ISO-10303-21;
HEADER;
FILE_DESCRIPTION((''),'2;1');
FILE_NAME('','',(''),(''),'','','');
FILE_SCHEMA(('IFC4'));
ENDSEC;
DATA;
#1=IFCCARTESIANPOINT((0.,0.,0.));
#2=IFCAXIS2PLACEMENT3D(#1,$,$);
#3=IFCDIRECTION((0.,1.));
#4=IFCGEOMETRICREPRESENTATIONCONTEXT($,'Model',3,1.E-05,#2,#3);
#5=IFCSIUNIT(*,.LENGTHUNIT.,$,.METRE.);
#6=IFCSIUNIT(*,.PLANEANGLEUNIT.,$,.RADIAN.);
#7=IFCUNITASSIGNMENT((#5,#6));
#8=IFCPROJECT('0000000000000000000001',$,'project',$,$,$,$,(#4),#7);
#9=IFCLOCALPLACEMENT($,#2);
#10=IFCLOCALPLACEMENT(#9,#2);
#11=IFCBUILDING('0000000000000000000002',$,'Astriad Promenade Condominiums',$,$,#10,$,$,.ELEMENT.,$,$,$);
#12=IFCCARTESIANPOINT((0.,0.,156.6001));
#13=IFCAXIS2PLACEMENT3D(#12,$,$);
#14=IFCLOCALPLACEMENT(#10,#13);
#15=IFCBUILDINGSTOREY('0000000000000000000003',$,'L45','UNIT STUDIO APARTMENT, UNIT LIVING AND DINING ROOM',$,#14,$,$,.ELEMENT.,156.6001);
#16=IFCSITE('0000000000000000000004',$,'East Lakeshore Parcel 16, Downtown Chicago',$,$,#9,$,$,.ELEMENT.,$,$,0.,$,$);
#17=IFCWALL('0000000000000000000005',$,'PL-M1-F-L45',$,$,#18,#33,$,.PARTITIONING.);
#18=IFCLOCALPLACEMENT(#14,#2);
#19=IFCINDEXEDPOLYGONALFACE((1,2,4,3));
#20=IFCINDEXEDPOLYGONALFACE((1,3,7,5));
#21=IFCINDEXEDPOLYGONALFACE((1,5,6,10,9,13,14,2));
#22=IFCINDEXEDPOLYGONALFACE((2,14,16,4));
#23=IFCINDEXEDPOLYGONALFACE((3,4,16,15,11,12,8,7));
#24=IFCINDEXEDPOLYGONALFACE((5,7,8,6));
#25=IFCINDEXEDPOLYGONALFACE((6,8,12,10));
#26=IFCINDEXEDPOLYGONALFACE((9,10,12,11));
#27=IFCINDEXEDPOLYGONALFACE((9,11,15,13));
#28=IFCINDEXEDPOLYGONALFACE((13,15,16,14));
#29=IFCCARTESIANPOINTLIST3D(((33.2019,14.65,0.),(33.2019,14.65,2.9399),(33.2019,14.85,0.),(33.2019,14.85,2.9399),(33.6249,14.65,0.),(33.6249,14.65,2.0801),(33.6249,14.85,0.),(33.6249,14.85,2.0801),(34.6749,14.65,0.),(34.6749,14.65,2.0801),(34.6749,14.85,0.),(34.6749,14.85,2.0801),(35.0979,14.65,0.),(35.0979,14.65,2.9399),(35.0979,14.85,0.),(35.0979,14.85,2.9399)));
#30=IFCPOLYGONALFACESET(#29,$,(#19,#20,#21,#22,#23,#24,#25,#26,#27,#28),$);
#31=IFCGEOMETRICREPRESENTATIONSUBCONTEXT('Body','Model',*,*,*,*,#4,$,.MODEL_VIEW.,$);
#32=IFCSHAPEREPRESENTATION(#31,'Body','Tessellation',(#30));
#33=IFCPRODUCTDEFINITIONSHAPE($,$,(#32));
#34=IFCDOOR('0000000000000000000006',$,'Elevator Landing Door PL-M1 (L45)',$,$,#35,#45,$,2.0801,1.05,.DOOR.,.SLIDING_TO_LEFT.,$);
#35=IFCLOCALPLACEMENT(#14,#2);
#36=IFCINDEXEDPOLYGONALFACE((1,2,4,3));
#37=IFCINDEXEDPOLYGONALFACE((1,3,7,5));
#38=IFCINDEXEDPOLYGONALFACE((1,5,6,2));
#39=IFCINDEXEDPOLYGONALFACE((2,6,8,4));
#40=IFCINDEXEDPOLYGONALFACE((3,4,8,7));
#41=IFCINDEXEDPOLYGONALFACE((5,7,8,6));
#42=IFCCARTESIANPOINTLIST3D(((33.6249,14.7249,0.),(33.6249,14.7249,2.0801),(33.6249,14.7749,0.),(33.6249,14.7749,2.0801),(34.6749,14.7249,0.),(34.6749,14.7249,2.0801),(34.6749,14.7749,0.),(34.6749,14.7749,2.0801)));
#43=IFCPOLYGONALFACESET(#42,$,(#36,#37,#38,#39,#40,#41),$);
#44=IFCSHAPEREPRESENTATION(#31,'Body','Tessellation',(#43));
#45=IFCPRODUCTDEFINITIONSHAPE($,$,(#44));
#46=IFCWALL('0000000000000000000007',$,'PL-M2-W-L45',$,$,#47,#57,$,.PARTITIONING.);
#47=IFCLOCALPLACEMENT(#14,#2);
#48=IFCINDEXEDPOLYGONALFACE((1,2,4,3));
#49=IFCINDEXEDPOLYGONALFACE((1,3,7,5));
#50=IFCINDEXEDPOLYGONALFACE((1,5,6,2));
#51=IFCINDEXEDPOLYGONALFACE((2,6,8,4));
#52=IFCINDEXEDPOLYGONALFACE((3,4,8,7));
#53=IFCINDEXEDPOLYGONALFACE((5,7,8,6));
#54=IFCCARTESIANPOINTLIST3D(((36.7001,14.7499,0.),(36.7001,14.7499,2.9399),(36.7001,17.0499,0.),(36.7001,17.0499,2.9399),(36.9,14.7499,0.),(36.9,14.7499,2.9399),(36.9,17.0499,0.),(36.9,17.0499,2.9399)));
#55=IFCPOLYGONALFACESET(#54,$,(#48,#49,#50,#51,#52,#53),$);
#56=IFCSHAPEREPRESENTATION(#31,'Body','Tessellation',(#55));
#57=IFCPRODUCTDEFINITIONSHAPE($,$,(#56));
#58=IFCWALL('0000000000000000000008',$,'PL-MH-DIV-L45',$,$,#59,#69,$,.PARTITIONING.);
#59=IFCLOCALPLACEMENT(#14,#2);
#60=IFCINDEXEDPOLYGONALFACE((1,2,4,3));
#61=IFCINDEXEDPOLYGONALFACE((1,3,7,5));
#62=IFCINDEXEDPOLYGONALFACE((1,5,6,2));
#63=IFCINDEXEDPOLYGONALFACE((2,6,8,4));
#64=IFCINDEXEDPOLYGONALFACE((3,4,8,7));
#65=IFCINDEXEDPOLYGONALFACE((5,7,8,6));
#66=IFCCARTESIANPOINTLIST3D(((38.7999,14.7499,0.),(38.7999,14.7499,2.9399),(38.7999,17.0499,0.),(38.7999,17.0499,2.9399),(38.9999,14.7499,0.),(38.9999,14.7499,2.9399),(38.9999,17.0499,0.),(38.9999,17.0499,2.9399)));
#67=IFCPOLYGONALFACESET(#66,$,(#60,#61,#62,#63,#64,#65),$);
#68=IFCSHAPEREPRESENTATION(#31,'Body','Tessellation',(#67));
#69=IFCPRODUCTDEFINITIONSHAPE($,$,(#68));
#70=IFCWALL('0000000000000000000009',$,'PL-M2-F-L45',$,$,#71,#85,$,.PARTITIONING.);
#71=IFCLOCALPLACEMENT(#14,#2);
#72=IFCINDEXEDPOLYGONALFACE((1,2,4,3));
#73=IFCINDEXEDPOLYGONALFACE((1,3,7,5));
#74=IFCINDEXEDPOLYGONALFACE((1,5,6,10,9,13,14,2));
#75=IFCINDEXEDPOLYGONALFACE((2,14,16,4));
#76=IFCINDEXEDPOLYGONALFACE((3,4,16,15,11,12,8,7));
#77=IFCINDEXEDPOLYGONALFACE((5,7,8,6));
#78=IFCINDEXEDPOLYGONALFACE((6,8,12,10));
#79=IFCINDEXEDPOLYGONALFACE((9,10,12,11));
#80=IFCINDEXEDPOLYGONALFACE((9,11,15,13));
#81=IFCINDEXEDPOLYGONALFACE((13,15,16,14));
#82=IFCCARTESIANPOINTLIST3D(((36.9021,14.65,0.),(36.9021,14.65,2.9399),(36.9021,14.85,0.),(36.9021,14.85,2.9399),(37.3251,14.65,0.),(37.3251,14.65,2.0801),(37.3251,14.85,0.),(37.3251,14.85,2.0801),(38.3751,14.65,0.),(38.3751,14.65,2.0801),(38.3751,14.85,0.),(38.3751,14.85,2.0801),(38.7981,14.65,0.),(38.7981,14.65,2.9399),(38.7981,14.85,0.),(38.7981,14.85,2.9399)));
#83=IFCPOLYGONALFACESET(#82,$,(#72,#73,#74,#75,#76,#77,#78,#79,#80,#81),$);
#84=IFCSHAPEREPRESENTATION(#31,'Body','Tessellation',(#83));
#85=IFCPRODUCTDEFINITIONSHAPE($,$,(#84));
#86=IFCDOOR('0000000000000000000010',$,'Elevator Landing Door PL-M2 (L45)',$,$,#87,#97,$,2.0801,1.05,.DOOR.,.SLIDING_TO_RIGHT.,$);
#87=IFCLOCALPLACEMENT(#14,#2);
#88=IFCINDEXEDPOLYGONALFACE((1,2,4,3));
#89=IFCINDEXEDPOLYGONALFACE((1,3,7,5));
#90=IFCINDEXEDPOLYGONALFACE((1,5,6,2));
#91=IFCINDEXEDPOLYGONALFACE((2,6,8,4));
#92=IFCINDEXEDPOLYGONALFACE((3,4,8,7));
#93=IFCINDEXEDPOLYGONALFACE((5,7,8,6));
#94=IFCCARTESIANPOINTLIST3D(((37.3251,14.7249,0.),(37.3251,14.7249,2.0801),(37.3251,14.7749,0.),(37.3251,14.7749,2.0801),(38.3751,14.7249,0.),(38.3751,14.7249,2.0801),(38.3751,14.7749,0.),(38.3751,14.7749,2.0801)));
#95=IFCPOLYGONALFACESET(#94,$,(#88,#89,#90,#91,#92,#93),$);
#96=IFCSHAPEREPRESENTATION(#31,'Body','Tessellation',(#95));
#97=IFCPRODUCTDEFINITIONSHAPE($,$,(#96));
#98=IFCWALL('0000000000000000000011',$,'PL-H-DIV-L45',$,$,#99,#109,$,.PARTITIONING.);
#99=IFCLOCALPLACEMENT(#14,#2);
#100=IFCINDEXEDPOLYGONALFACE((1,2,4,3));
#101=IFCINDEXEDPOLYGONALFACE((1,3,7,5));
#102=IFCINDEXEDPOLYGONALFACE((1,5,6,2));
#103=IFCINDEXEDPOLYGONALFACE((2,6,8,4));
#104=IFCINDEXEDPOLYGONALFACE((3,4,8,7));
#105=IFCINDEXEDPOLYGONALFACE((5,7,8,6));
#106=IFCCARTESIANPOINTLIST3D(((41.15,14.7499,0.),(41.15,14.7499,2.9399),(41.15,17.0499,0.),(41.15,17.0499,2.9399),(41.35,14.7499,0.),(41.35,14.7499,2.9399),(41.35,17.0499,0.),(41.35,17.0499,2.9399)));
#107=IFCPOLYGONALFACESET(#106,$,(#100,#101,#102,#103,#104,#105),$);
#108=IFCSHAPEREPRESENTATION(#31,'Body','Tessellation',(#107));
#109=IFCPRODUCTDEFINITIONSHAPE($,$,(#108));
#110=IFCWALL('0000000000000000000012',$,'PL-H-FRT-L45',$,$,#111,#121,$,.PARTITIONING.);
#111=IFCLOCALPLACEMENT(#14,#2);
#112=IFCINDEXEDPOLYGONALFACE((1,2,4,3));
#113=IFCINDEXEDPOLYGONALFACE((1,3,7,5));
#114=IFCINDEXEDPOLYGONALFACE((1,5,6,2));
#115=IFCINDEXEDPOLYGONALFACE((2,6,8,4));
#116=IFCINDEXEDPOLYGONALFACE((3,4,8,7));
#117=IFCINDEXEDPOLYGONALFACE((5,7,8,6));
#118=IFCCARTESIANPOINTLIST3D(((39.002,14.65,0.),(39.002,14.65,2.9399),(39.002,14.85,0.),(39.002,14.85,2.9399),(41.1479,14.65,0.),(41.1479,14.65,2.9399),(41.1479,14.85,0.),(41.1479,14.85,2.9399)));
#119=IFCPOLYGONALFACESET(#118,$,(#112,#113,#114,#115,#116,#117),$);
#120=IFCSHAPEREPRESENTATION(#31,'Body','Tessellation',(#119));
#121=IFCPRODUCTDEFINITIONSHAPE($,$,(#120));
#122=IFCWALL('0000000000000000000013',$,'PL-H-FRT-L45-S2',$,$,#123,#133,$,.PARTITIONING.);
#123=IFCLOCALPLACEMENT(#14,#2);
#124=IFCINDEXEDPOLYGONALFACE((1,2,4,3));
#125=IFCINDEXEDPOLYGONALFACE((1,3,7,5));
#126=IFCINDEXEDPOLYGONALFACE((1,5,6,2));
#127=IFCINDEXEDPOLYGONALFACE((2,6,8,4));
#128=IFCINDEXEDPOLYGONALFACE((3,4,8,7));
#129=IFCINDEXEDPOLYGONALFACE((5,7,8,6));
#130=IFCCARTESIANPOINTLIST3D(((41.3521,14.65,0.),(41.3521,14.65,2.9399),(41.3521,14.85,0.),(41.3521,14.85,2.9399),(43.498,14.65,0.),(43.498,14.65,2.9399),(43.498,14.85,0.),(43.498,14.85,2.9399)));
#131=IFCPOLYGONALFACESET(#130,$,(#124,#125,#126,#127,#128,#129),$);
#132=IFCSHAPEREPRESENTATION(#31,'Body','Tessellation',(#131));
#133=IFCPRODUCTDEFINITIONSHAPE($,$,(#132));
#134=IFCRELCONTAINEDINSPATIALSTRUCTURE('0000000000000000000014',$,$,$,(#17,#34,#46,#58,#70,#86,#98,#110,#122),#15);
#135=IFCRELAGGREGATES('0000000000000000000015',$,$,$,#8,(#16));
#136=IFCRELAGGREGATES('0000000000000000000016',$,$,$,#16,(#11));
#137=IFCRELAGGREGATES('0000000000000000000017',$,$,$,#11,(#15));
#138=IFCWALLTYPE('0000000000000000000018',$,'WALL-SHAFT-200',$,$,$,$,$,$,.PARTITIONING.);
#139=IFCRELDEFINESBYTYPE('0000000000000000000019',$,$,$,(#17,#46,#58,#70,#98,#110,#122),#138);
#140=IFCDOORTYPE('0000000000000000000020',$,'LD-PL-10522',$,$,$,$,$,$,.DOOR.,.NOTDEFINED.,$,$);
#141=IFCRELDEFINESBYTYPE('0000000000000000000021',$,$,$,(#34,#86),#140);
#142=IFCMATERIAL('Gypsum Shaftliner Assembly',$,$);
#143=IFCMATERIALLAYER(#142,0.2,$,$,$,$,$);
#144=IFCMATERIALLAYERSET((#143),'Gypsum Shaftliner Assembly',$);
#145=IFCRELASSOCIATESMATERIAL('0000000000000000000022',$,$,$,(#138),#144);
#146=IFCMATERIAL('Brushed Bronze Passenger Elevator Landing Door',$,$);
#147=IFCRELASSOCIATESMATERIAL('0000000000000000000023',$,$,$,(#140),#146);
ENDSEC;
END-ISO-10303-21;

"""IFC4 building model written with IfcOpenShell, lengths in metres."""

from ifc_helpers import new_model, si_unit, direction, frame, frame_2d, origin, place, context, subcontext, project, spatial, rectangle, extrude, source, transform, mapped, material, layer, layer_set, type_object, type_shapes, element, fill, save


model = new_model("IFC4")

# Units and contexts
model_context = context("Model", 3, precision=1e-05, world=origin(), true_north=direction((0.0, 1.0)))
body_context = subcontext(model_context, "Body", "Model", "MODEL_VIEW")
ifc_project = project(units=[si_unit("LENGTHUNIT", "METRE"), si_unit("PLANEANGLEUNIT", "RADIAN")], contexts=[model_context])

# Site, building, storey
site_placement = place(None, origin())
site = spatial("IfcSite", under=ifc_project, at=site_placement, Name="East Lakeshore Parcel 16, Downtown Chicago", CompositionType="ELEMENT", RefElevation=0.0)
building_placement = place(site_placement, origin())
building = spatial("IfcBuilding", under=site, at=building_placement, Name="Astriad Promenade Condominiums", CompositionType="ELEMENT")
storey_placement = place(building_placement, frame((0.0, 0.0, 156.6001)))
storey = spatial("IfcBuildingStorey", under=building, at=storey_placement, Name="L45", Description="UNIT STUDIO APARTMENT, UNIT LIVING AND DINING ROOM", CompositionType="ELEMENT", Elevation=156.6001)

# Shared definitions
ifc_material_1 = material(Name="Gypsum Shaftliner Assembly")
ifc_layer_1 = layer(ifc_material_1, 0.2)
ifc_layer_set_1 = layer_set([ifc_layer_1], Name="Gypsum Shaftliner Assembly")
wall_type_1 = type_object("IfcWallType", Name="WALL-SHAFT-200", PredefinedType="PARTITIONING", material=ifc_layer_set_1)

# Wall, opening, door
wall_1_placement = place(storey_placement, frame((33.2019, 14.75, 0.0), z_axis=(0.0, 0.0, 1.0), x_axis=(1.0, 0.0, 0.0)))
wall_1 = element("IfcWall", 1, at=wall_1_placement, inside=storey, type_object=wall_type_1, Name="PL-M1-F-L45", PredefinedType="PARTITIONING", context=body_context, shape_type="SweptSolid", body=[
    extrude(rectangle(XDim=1.896, YDim=0.2, at=frame_2d((0.948, 0.0))), origin(), (0.0, 0.0, 1.0), 2.9399),
])
opening_1_placement = place(wall_1_placement, frame((0.4231, 0.0, 0.0)))
opening_1 = element("IfcOpeningElement", 2, at=opening_1_placement, cuts=wall_1, PredefinedType="OPENING", context=body_context, shape_type="SweptSolid", body=[
    extrude(rectangle(XDim=1.05, YDim=2.0801, at=frame_2d((0.5249, 1.04))), frame((0.0, 0.1099, 0.0), z_axis=(0.0, -1.0, 0.0), x_axis=(1.0, 0.0, 0.0)), (0.0, 0.0, 1.0), 0.22),
])
ifc_material_2 = material(Name="Brushed Bronze Passenger Elevator Landing Door")
door_type = type_object("IfcDoorType", Name="LD-PL-10522", OperationType="NOTDEFINED", PredefinedType="DOOR", material=ifc_material_2)
shared_shape_1 = source(origin(), body_context, "Body", "SweptSolid", [
    extrude(rectangle(XDim=1.05, YDim=2.0801, at=frame_2d((0.5249, 1.04))), frame((0.0, 0.0249, 0.0), z_axis=(0.0, -1.0, 0.0), x_axis=(1.0, 0.0, 0.0)), (0.0, 0.0, 1.0), 0.05),
])
type_shapes(door_type, [shared_shape_1])
door_1_placement = place(opening_1_placement, origin())
door_1 = element("IfcDoor", 3, at=door_1_placement, inside=storey, type_object=door_type, Name="Elevator Landing Door PL-M1 (L45)", OperationType="SLIDING_TO_LEFT", OverallHeight=2.0801, OverallWidth=1.05, PredefinedType="DOOR", context=body_context, shape_type="MappedRepresentation", body=[
    mapped(shared_shape_1, transform((0.0, 0.0, 0.0), scale=1.0)),
])
fill(opening_1, door_1)

# Walls
for number, where, z_axis, x_axis, name in (
    (4, (36.8, 14.75, 0.0), (0.0, 0.0, 1.0), (0.0, 1.0, 0.0), "PL-M2-W-L45"),
    (5, (38.8999, 14.75, 0.0), (0.0, 0.0, 1.0), (0.0, 1.0, 0.0), "PL-MH-DIV-L45"),
):
    element("IfcWall", number, at=place(storey_placement, frame(where, z_axis=z_axis, x_axis=x_axis)), inside=storey, type_object=wall_type_1, Name=name, PredefinedType="PARTITIONING", context=body_context, shape_type="SweptSolid", body=[
        extrude(rectangle(XDim=2.3, YDim=0.2, at=frame_2d((1.1499, 0.0))), origin(), (0.0, 0.0, 1.0), 2.9399),
    ])

# Wall, opening, door
wall_2_placement = place(storey_placement, frame((36.9021, 14.75, 0.0), z_axis=(0.0, 0.0, 1.0), x_axis=(1.0, 0.0, 0.0)))
wall_2 = element("IfcWall", 6, at=wall_2_placement, inside=storey, type_object=wall_type_1, Name="PL-M2-F-L45", PredefinedType="PARTITIONING", context=body_context, shape_type="SweptSolid", body=[
    extrude(rectangle(XDim=1.896, YDim=0.2, at=frame_2d((0.948, 0.0))), origin(), (0.0, 0.0, 1.0), 2.9399),
])
opening_2_placement = place(wall_2_placement, frame((0.4231, 0.0, 0.0)))
opening_2 = element("IfcOpeningElement", 7, at=opening_2_placement, cuts=wall_2, PredefinedType="OPENING", context=body_context, shape_type="SweptSolid", body=[
    extrude(rectangle(XDim=1.05, YDim=2.0801, at=frame_2d((0.5249, 1.04))), frame((0.0, 0.1099, 0.0), z_axis=(0.0, -1.0, 0.0), x_axis=(1.0, 0.0, 0.0)), (0.0, 0.0, 1.0), 0.22),
])
door_2_placement = place(opening_2_placement, origin())
door_2 = element("IfcDoor", 8, at=door_2_placement, inside=storey, type_object=door_type, Name="Elevator Landing Door PL-M2 (L45)", OperationType="SLIDING_TO_RIGHT", OverallHeight=2.0801, OverallWidth=1.05, PredefinedType="DOOR", context=body_context, shape_type="MappedRepresentation", body=[
    mapped(shared_shape_1, transform((0.0, 0.0, 0.0), scale=1.0)),
])
fill(opening_2, door_2)

# Walls
wall_3_placement = place(storey_placement, frame((41.25, 14.75, 0.0), z_axis=(0.0, 0.0, 1.0), x_axis=(0.0, 1.0, 0.0)))
element("IfcWall", 9, at=wall_3_placement, inside=storey, type_object=wall_type_1, Name="PL-H-DIV-L45", PredefinedType="PARTITIONING", context=body_context, shape_type="SweptSolid", body=[
    extrude(rectangle(XDim=2.3, YDim=0.2, at=frame_2d((1.1499, 0.0))), origin(), (0.0, 0.0, 1.0), 2.9399),
])
for number, where, z_axis, x_axis, name in (
    (10, (39.002, 14.75, 0.0), (0.0, 0.0, 1.0), (1.0, 0.0, 0.0), "PL-H-FRT-L45"),
    (11, (41.3521, 14.75, 0.0), (0.0, 0.0, 1.0), (1.0, 0.0, 0.0), "PL-H-FRT-L45-S2"),
):
    element("IfcWall", number, at=place(storey_placement, frame(where, z_axis=z_axis, x_axis=x_axis)), inside=storey, type_object=wall_type_1, Name=name, PredefinedType="PARTITIONING", context=body_context, shape_type="SweptSolid", body=[
        extrude(rectangle(XDim=2.146, YDim=0.2, at=frame_2d((1.073, 0.0))), origin(), (0.0, 0.0, 1.0), 2.9399),
    ])

save(model, "model.ifc")
